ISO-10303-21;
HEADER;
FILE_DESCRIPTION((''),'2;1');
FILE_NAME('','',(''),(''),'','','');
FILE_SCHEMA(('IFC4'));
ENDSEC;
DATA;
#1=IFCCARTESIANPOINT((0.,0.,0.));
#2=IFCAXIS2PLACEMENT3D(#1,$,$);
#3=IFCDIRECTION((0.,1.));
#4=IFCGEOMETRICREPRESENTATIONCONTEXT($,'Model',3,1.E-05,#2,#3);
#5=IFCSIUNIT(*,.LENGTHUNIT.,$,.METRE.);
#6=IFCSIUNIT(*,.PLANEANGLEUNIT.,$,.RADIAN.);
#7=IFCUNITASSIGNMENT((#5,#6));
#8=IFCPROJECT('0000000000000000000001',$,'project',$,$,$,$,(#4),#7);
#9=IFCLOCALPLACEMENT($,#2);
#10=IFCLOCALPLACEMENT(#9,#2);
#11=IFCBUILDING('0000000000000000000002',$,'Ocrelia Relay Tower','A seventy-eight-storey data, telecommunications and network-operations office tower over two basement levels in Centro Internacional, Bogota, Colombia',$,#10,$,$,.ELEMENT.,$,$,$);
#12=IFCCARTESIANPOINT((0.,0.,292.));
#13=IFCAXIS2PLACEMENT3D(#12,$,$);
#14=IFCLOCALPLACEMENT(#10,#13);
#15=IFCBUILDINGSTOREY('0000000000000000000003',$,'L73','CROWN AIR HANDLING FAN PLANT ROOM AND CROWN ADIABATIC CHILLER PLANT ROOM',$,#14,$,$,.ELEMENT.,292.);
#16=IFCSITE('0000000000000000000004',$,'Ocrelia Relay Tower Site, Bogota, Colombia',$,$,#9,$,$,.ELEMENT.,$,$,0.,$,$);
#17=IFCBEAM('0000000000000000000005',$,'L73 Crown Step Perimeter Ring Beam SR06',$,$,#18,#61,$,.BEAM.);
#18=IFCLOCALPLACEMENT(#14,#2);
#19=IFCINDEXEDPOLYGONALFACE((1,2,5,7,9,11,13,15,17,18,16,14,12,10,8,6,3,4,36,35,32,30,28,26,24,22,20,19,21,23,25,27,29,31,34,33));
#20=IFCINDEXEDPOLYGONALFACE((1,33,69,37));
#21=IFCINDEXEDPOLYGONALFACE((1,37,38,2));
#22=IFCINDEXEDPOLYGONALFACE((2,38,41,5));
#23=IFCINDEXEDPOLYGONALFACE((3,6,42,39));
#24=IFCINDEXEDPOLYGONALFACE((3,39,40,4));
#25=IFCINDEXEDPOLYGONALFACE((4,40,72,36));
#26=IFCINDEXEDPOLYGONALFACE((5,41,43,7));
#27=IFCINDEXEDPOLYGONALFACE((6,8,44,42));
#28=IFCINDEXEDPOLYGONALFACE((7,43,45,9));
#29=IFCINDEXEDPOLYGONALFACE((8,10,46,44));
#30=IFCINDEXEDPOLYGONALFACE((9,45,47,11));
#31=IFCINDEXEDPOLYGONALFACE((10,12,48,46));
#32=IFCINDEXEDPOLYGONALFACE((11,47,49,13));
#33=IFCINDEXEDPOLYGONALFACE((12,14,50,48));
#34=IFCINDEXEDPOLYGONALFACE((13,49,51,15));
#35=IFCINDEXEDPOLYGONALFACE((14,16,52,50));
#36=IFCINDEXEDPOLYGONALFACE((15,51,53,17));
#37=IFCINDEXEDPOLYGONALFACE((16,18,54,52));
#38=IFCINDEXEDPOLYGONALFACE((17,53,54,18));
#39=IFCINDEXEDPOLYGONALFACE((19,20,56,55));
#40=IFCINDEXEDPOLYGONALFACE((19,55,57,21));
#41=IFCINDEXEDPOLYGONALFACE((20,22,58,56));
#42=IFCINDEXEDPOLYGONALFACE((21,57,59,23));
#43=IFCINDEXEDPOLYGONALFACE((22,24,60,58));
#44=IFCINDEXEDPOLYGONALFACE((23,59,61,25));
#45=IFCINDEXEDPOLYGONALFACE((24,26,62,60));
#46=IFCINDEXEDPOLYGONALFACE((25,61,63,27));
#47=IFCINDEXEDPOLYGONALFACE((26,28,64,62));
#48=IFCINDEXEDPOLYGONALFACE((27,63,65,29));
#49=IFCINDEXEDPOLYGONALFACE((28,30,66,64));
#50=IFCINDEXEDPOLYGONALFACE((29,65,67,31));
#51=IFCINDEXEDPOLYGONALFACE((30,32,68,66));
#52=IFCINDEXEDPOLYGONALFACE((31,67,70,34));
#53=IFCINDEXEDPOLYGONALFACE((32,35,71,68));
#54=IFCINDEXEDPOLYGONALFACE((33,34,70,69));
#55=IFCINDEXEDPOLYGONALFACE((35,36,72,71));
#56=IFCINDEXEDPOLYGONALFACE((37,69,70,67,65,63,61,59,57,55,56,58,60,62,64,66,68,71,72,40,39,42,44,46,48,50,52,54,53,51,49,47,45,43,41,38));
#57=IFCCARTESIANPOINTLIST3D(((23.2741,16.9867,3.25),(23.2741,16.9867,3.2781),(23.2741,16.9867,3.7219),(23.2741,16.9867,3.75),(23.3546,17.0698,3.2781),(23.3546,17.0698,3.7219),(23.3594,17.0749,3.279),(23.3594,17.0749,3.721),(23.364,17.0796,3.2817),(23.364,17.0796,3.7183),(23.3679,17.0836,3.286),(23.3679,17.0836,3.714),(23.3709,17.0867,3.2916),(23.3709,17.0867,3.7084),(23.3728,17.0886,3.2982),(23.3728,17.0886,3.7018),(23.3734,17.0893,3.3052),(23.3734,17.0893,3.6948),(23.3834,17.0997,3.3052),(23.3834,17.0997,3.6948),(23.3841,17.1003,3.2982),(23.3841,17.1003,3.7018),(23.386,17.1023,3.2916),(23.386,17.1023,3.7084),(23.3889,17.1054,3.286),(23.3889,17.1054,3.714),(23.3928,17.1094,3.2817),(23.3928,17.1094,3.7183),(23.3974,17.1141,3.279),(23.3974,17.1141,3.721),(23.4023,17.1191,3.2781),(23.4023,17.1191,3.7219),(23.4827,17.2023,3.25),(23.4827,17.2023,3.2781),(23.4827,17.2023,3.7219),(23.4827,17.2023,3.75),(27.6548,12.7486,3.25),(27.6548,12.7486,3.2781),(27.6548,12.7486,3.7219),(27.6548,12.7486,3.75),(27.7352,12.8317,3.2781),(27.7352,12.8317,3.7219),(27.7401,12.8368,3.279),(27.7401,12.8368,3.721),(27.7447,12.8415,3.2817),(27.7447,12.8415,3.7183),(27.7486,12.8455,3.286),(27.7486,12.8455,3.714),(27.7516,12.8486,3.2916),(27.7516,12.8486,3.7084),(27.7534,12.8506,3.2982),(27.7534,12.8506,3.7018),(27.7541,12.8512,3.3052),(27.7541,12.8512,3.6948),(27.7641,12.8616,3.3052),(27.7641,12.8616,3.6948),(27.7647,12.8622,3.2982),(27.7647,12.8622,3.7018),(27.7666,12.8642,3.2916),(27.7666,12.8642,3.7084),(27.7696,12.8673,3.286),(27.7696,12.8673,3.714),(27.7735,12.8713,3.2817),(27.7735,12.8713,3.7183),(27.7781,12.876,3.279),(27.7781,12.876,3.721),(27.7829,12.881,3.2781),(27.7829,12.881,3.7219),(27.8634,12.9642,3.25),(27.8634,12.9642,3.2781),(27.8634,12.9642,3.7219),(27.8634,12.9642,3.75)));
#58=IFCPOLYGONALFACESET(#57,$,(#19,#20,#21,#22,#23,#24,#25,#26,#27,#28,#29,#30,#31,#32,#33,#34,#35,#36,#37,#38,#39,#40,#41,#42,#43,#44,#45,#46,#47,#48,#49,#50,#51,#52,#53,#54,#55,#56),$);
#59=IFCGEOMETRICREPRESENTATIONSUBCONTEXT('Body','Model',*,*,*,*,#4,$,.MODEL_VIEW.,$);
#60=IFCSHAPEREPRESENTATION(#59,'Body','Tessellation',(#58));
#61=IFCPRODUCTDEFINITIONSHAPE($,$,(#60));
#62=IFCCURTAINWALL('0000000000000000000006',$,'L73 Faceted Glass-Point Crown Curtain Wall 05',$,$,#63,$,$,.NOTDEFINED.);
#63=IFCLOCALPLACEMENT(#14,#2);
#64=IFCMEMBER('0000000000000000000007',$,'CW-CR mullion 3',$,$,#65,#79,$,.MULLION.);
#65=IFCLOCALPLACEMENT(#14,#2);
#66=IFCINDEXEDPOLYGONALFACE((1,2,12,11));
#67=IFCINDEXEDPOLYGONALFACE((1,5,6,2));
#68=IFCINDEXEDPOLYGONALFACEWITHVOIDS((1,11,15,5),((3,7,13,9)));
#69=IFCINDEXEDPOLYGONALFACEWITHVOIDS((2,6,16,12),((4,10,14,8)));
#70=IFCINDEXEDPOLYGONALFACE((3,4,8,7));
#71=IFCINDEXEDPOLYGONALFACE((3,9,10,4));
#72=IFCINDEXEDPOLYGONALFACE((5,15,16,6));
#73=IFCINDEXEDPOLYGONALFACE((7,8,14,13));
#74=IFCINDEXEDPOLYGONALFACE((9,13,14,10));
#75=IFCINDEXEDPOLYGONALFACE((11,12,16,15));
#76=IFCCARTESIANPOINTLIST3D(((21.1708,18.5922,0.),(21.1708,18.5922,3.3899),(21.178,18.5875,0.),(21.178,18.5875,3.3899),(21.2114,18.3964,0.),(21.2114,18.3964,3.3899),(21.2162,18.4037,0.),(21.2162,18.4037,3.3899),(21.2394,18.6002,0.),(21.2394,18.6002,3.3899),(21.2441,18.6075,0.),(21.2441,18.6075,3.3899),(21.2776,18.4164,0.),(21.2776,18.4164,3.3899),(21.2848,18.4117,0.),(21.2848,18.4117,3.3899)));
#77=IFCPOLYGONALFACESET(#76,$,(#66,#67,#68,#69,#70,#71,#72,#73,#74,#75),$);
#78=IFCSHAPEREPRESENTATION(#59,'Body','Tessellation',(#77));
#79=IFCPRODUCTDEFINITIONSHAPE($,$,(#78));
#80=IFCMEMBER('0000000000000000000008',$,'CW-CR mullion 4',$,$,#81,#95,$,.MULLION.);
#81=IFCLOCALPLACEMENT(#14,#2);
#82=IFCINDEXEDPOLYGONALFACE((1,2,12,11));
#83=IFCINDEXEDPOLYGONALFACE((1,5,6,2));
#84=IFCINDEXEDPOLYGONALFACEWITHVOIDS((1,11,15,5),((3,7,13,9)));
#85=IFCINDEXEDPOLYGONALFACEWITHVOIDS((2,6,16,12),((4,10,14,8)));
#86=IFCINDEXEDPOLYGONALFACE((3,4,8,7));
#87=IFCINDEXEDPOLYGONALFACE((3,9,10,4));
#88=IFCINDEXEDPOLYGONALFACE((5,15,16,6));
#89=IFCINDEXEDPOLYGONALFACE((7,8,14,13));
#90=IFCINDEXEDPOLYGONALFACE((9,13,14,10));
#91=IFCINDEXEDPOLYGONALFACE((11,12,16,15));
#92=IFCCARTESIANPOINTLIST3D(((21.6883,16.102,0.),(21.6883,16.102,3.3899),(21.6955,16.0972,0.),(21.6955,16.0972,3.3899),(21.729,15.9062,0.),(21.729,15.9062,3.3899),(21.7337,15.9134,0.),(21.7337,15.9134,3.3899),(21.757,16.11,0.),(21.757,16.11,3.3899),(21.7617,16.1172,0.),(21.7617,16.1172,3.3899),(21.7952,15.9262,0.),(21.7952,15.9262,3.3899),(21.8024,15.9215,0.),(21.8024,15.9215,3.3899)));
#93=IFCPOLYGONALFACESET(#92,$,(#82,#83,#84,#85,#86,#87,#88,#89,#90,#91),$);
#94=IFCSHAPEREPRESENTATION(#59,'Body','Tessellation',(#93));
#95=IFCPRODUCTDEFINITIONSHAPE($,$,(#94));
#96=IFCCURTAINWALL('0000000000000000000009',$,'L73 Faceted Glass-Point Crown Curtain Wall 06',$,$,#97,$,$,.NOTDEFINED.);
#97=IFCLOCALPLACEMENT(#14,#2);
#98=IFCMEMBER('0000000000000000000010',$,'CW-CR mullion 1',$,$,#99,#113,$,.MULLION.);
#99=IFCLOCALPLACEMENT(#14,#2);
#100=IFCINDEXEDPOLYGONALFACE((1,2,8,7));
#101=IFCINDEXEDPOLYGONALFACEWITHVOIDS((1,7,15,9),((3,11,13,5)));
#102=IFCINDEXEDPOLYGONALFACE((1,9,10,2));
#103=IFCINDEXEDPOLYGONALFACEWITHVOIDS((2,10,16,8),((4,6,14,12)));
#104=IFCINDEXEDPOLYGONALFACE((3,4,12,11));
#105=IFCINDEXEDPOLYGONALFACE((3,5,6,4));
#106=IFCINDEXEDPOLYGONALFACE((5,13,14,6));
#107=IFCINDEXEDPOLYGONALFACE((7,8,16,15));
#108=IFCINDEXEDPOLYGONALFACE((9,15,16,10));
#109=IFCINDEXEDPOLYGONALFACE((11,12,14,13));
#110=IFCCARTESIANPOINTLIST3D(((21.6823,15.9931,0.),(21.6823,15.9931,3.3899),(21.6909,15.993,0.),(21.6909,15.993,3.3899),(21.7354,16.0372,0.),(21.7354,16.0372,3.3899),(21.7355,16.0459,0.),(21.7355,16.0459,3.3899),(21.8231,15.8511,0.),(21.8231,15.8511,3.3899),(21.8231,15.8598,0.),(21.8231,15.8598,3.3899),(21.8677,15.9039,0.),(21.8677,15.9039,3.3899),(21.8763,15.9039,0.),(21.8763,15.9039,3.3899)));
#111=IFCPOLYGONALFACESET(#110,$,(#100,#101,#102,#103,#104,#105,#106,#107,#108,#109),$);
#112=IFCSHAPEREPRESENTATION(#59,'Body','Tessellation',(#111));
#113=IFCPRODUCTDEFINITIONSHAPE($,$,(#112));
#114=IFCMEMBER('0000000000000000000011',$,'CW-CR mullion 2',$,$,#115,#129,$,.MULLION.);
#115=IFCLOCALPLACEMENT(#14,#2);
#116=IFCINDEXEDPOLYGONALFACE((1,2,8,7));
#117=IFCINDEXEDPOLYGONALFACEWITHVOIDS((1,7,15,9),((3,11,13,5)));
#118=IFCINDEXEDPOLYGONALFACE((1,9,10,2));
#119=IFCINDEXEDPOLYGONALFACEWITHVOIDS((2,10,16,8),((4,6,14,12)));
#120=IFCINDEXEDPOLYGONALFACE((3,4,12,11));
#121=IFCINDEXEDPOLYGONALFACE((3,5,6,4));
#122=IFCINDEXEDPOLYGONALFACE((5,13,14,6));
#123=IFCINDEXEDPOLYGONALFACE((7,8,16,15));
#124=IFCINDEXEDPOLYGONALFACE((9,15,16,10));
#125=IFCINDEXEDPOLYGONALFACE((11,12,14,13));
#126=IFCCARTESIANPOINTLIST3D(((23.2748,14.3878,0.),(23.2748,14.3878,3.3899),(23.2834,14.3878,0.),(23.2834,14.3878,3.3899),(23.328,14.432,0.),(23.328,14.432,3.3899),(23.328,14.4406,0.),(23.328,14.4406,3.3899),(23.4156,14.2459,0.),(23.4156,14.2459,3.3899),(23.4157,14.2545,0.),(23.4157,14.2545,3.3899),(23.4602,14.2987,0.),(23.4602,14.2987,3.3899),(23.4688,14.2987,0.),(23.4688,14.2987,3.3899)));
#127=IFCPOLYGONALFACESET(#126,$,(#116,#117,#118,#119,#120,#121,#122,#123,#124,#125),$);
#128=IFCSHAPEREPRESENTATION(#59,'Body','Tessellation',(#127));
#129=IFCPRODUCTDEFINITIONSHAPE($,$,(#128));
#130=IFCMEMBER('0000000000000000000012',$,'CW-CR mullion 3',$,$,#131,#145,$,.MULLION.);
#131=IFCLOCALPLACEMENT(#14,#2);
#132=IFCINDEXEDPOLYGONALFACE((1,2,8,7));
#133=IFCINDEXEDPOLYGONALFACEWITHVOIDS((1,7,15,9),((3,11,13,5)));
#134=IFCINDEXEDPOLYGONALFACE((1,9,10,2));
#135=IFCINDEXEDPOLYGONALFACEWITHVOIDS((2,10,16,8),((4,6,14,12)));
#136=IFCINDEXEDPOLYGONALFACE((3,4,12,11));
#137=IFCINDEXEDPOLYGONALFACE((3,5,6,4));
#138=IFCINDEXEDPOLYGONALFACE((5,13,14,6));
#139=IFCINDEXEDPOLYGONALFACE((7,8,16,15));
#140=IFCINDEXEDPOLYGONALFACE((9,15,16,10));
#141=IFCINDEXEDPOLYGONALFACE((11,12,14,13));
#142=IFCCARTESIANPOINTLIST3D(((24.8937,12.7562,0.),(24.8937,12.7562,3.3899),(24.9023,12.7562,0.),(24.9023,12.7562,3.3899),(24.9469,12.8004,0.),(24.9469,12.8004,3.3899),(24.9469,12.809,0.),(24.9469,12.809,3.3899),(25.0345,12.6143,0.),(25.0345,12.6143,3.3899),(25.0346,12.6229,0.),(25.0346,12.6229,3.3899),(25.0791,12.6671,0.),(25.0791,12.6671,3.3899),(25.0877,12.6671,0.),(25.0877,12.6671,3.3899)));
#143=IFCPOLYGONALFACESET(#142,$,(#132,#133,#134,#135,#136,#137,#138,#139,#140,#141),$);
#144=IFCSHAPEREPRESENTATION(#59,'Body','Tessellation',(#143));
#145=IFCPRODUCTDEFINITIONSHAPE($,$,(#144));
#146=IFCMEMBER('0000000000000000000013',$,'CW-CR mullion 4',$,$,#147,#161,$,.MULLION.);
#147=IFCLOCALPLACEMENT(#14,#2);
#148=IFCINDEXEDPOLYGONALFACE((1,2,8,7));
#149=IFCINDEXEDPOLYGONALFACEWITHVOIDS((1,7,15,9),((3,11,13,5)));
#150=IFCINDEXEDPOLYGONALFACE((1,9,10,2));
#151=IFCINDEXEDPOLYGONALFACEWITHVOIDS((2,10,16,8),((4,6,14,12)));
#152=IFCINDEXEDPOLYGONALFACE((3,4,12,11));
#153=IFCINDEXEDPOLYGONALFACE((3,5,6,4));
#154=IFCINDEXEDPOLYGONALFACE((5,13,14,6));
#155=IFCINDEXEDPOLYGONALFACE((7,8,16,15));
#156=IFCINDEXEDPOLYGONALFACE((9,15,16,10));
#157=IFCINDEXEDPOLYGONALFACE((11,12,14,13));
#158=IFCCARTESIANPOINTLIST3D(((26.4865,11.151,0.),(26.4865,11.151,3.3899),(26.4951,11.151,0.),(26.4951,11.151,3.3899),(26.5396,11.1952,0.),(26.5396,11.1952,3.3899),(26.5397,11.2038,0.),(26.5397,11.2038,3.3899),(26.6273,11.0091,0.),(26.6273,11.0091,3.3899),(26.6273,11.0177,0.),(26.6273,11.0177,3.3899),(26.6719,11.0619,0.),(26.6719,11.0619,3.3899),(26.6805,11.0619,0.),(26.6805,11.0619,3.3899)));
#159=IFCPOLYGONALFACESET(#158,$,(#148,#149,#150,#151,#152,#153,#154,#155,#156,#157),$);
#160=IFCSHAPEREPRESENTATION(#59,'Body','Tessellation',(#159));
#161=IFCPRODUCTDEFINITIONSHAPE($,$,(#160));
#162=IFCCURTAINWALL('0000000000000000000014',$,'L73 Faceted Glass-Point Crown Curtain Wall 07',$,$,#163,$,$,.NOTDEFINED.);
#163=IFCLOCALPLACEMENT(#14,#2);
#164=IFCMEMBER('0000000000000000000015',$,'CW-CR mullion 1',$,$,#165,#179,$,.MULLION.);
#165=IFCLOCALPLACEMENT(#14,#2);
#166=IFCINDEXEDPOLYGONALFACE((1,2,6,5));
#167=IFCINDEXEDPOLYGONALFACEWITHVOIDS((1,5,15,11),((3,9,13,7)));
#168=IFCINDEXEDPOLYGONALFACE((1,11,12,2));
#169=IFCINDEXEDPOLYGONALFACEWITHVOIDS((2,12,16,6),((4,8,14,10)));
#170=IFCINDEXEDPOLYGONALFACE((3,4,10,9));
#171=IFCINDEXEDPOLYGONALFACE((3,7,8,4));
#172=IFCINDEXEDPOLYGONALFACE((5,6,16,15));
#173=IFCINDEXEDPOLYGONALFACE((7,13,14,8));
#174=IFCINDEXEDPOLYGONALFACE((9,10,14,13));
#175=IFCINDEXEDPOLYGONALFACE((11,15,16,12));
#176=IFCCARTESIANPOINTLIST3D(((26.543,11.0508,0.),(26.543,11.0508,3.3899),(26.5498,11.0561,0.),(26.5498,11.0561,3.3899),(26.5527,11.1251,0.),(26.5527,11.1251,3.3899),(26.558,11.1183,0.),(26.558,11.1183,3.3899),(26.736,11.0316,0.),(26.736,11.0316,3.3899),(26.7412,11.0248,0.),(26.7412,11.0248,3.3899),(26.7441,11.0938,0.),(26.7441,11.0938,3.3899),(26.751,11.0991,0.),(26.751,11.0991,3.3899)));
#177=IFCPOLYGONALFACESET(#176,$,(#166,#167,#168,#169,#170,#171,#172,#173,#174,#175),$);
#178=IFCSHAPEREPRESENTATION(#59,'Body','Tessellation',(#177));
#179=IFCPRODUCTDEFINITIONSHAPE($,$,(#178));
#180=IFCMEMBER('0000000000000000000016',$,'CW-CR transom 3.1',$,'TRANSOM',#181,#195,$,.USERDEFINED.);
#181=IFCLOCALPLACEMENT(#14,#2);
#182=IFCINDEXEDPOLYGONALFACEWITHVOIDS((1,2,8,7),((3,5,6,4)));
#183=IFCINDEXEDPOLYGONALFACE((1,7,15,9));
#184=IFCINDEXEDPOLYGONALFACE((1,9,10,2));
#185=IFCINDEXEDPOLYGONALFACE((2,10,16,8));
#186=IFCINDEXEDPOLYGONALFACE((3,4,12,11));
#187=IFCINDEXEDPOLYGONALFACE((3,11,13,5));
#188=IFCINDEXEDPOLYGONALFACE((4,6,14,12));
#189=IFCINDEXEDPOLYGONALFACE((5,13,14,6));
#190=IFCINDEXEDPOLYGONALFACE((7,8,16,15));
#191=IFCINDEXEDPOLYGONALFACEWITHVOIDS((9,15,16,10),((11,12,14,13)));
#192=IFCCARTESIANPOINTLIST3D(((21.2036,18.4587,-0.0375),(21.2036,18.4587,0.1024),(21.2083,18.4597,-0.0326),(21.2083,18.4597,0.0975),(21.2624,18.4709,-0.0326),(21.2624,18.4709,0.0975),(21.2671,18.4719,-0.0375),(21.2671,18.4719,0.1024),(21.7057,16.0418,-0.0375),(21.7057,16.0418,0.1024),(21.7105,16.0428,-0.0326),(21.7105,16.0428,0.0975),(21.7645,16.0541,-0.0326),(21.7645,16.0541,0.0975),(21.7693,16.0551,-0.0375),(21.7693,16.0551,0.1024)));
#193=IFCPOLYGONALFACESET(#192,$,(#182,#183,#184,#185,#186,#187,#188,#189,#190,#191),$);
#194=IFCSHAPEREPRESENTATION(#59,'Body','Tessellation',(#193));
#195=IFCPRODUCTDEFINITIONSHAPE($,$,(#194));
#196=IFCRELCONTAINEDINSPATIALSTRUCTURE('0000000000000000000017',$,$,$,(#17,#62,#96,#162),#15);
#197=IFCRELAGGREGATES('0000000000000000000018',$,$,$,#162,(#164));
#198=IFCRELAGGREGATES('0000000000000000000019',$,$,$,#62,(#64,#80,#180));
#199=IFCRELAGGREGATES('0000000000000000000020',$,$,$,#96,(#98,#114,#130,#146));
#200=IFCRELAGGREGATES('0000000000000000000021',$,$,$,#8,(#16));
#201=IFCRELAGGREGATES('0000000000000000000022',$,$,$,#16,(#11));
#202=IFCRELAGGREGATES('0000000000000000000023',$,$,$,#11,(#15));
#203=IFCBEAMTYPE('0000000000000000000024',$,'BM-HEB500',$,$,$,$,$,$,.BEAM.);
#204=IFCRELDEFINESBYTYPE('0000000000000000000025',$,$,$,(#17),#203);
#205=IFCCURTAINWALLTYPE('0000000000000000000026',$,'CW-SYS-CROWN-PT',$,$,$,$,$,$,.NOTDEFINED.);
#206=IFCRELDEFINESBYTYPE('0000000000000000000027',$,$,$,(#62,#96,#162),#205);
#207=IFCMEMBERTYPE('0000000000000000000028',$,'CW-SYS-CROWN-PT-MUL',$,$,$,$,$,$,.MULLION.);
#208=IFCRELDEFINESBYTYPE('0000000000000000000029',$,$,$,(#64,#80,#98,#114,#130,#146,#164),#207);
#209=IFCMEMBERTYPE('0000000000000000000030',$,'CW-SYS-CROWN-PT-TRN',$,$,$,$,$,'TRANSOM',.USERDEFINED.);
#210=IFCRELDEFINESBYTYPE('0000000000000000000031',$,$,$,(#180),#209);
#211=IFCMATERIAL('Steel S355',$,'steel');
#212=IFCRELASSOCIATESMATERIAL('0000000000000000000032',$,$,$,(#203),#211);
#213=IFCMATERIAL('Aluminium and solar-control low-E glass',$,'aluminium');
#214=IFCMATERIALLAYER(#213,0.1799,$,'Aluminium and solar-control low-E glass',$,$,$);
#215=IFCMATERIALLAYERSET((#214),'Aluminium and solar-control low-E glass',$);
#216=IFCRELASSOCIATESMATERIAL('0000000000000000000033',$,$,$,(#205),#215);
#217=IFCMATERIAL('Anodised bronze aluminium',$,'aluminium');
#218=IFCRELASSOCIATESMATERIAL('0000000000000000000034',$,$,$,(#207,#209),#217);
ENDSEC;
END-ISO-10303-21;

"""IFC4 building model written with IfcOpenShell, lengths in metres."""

from ifc_helpers import new_model, si_unit, direction, frame, origin, origin_2d, place, context, subcontext, project, spatial, hollow_rectangle, i_section, extrude, material, layer, layer_set, material_profile, profile_set, type_object, element, aggregate, save


model = new_model("IFC4")

# Units and contexts
model_context = context("Model", 3, precision=1e-05, world=origin(), true_north=direction((0.0, 1.0)))
body_context = subcontext(model_context, "Body", "Model", "MODEL_VIEW")
ifc_project = project(units=[si_unit("LENGTHUNIT", "METRE"), si_unit("PLANEANGLEUNIT", "RADIAN")], contexts=[model_context])

# Site, building, storey
site_placement = place(None, origin())
site = spatial("IfcSite", under=ifc_project, at=site_placement, Name="Ocrelia Relay Tower Site, Bogota, Colombia", CompositionType="ELEMENT", RefElevation=0.0)
building_placement = place(site_placement, origin())
building = spatial("IfcBuilding", under=site, at=building_placement, Name="Ocrelia Relay Tower", Description="A seventy-eight-storey data, telecommunications and network-operations office tower over two basement levels in Centro Internacional, Bogota, Colombia", CompositionType="ELEMENT")
storey_placement = place(building_placement, frame((0.0, 0.0, 292.0)))
storey = spatial("IfcBuildingStorey", under=building, at=storey_placement, Name="L73", Description="CROWN AIR HANDLING FAN PLANT ROOM AND CROWN ADIABATIC CHILLER PLANT ROOM", CompositionType="ELEMENT", Elevation=292.0)

# Beam
ifc_material_1 = material(Name="Steel S355", Category="steel")
ifc_material_profile_1 = material_profile(ifc_material_1, i_section(OverallWidth=0.3, OverallDepth=0.5, WebThickness=0.0144, FlangeThickness=0.0281, FilletRadius=0.0271, at=origin_2d()), Name="HEB 500")
ifc_profile_set_1 = profile_set([ifc_material_profile_1], Name="Steel S355")
beam_type_1 = type_object("IfcBeamType", Name="BM-HEB500", PredefinedType="BEAM", material=ifc_profile_set_1)
beam_1_placement = place(storey_placement, frame((23.3784, 17.0945, 3.5), z_axis=(0.718706, -0.695314, 0.0), x_axis=(0.695314, 0.718706, 0.0)))
element("IfcBeam", 1, at=beam_1_placement, inside=storey, type_object=beam_type_1, Name="L73 Crown Step Perimeter Ring Beam SR06", PredefinedType="BEAM", context=body_context, shape_type="SweptSolid", body=[
    extrude(i_section(OverallWidth=0.3, OverallDepth=0.5, WebThickness=0.0144, FlangeThickness=0.0281, FilletRadius=0.0271, at=origin_2d()), origin(), (0.0, 0.0, 1.0), 6.0952),
])

# Curtain walls, members
ifc_material_2 = material(Name="Aluminium and solar-control low-E glass", Category="aluminium")
ifc_layer_1 = layer(ifc_material_2, 0.1799, Name="Aluminium and solar-control low-E glass")
ifc_layer_set_1 = layer_set([ifc_layer_1], Name="Aluminium and solar-control low-E glass")
curtain_wall_type = type_object("IfcCurtainWallType", Name="CW-SYS-CROWN-PT", PredefinedType="NOTDEFINED", material=ifc_layer_set_1)
curtain_wall_1_placement = place(storey_placement, origin())
curtain_wall_1 = element("IfcCurtainWall", 2, at=curtain_wall_1_placement, inside=storey, type_object=curtain_wall_type, Name="L73 Faceted Glass-Point Crown Curtain Wall 05", PredefinedType="NOTDEFINED")
ifc_material_3 = material(Name="Anodised bronze aluminium", Category="aluminium")
ifc_material_profile_2 = material_profile(ifc_material_3, hollow_rectangle(XDim=0.075, YDim=0.2, WallThickness=0.0061, at=origin_2d()), Name="CW-MUL-200x75")
ifc_profile_set_2 = profile_set([ifc_material_profile_2], Name="Anodised bronze aluminium")
member_type_1 = type_object("IfcMemberType", Name="CW-SYS-CROWN-PT-MUL", PredefinedType="MULLION", material=ifc_profile_set_2)
member_1_placement = place(storey_placement, frame((21.2278, 18.502, 0.0), z_axis=(0.0, 0.0, 1.0), x_axis=(0.979084, 0.203457, 0.0)))
member_1 = element("IfcMember", 3, at=member_1_placement, type_object=member_type_1, Name="CW-CR mullion 3", PredefinedType="MULLION", context=body_context, shape_type="SweptSolid", body=[
    extrude(hollow_rectangle(XDim=0.075, YDim=0.2, WallThickness=0.0061, at=origin_2d()), origin(), (0.0, 0.0, 1.0), 3.3899),
])
member_2_placement = place(storey_placement, frame((21.7454, 16.0117, 0.0), z_axis=(0.0, 0.0, 1.0), x_axis=(0.979084, 0.203457, 0.0)))
member_2 = element("IfcMember", 4, at=member_2_placement, type_object=member_type_1, Name="CW-CR mullion 4", PredefinedType="MULLION", context=body_context, shape_type="SweptSolid", body=[
    extrude(hollow_rectangle(XDim=0.075, YDim=0.2, WallThickness=0.0061, at=origin_2d()), origin(), (0.0, 0.0, 1.0), 3.3899),
])
curtain_wall_2_placement = place(storey_placement, origin())
curtain_wall_2 = element("IfcCurtainWall", 5, at=curtain_wall_2_placement, inside=storey, type_object=curtain_wall_type, Name="L73 Faceted Glass-Point Crown Curtain Wall 06", PredefinedType="NOTDEFINED")
member_3_placement = place(storey_placement, frame((21.7793, 15.9485, 0.0), z_axis=(0.0, 0.0, 1.0), x_axis=(0.709871, 0.704332, 0.0)))
member_3 = element("IfcMember", 6, at=member_3_placement, type_object=member_type_1, Name="CW-CR mullion 1", PredefinedType="MULLION", context=body_context, shape_type="SweptSolid", body=[
    extrude(hollow_rectangle(XDim=0.075, YDim=0.2, WallThickness=0.0061, at=origin_2d()), origin(), (0.0, 0.0, 1.0), 3.3899),
])
member_4_placement = place(storey_placement, frame((23.3718, 14.3433, 0.0), z_axis=(0.0, 0.0, 1.0), x_axis=(0.709871, 0.704332, 0.0)))
member_4 = element("IfcMember", 7, at=member_4_placement, type_object=member_type_1, Name="CW-CR mullion 2", PredefinedType="MULLION", context=body_context, shape_type="SweptSolid", body=[
    extrude(hollow_rectangle(XDim=0.075, YDim=0.2, WallThickness=0.0061, at=origin_2d()), origin(), (0.0, 0.0, 1.0), 3.3899),
])
member_5_placement = place(storey_placement, frame((24.9907, 12.7117, 0.0), z_axis=(0.0, 0.0, 1.0), x_axis=(0.709871, 0.704332, 0.0)))
member_5 = element("IfcMember", 8, at=member_5_placement, type_object=member_type_1, Name="CW-CR mullion 3", PredefinedType="MULLION", context=body_context, shape_type="SweptSolid", body=[
    extrude(hollow_rectangle(XDim=0.075, YDim=0.2, WallThickness=0.0061, at=origin_2d()), origin(), (0.0, 0.0, 1.0), 3.3899),
])
member_6_placement = place(storey_placement, frame((26.5835, 11.1064, 0.0), z_axis=(0.0, 0.0, 1.0), x_axis=(0.709871, 0.704332, 0.0)))
member_6 = element("IfcMember", 9, at=member_6_placement, type_object=member_type_1, Name="CW-CR mullion 4", PredefinedType="MULLION", context=body_context, shape_type="SweptSolid", body=[
    extrude(hollow_rectangle(XDim=0.075, YDim=0.2, WallThickness=0.0061, at=origin_2d()), origin(), (0.0, 0.0, 1.0), 3.3899),
])

# Curtain wall, member
curtain_wall_3_placement = place(storey_placement, origin())
curtain_wall_3 = element("IfcCurtainWall", 10, at=curtain_wall_3_placement, inside=storey, type_object=curtain_wall_type, Name="L73 Faceted Glass-Point Crown Curtain Wall 07", PredefinedType="NOTDEFINED")
member_7_placement = place(storey_placement, frame((26.647, 11.075, 0.0), z_axis=(0.0, 0.0, 1.0), x_axis=(0.130108, 0.9915, 0.0)))
member_7 = element("IfcMember", 11, at=member_7_placement, type_object=member_type_1, Name="CW-CR mullion 1", PredefinedType="MULLION", context=body_context, shape_type="SweptSolid", body=[
    extrude(hollow_rectangle(XDim=0.075, YDim=0.2, WallThickness=0.0061, at=origin_2d()), origin(), (0.0, 0.0, 1.0), 3.3899),
])
aggregate(curtain_wall_3, [member_7])

# Member
ifc_material_profile_3 = material_profile(ifc_material_3, hollow_rectangle(XDim=0.0649, YDim=0.1399, WallThickness=0.0049, at=origin_2d()), Name="CW-TRN-140x65")
ifc_profile_set_3 = profile_set([ifc_material_profile_3], Name="Anodised bronze aluminium")
member_type_2 = type_object("IfcMemberType", Name="CW-SYS-CROWN-PT-TRN", ElementType="TRANSOM", PredefinedType="USERDEFINED", material=ifc_profile_set_3)
member_8_placement = place(storey_placement, frame((21.2354, 18.4653, 0.0325), z_axis=(0.203433, -0.979089, 0.0), x_axis=(0.979089, 0.203433, 0.0)))
member_8 = element("IfcMember", 12, at=member_8_placement, type_object=member_type_2, Name="CW-CR transom 3.1", ObjectType="TRANSOM", PredefinedType="USERDEFINED", context=body_context, shape_type="SweptSolid", body=[
    extrude(hollow_rectangle(XDim=0.0649, YDim=0.1399, WallThickness=0.0049, at=origin_2d()), origin(), (0.0, 0.0, 1.0), 2.4685),
])

aggregate(curtain_wall_1, [member_1, member_2, member_8])
aggregate(curtain_wall_2, [member_3, member_4, member_5, member_6])

save(model, "model.ifc")
